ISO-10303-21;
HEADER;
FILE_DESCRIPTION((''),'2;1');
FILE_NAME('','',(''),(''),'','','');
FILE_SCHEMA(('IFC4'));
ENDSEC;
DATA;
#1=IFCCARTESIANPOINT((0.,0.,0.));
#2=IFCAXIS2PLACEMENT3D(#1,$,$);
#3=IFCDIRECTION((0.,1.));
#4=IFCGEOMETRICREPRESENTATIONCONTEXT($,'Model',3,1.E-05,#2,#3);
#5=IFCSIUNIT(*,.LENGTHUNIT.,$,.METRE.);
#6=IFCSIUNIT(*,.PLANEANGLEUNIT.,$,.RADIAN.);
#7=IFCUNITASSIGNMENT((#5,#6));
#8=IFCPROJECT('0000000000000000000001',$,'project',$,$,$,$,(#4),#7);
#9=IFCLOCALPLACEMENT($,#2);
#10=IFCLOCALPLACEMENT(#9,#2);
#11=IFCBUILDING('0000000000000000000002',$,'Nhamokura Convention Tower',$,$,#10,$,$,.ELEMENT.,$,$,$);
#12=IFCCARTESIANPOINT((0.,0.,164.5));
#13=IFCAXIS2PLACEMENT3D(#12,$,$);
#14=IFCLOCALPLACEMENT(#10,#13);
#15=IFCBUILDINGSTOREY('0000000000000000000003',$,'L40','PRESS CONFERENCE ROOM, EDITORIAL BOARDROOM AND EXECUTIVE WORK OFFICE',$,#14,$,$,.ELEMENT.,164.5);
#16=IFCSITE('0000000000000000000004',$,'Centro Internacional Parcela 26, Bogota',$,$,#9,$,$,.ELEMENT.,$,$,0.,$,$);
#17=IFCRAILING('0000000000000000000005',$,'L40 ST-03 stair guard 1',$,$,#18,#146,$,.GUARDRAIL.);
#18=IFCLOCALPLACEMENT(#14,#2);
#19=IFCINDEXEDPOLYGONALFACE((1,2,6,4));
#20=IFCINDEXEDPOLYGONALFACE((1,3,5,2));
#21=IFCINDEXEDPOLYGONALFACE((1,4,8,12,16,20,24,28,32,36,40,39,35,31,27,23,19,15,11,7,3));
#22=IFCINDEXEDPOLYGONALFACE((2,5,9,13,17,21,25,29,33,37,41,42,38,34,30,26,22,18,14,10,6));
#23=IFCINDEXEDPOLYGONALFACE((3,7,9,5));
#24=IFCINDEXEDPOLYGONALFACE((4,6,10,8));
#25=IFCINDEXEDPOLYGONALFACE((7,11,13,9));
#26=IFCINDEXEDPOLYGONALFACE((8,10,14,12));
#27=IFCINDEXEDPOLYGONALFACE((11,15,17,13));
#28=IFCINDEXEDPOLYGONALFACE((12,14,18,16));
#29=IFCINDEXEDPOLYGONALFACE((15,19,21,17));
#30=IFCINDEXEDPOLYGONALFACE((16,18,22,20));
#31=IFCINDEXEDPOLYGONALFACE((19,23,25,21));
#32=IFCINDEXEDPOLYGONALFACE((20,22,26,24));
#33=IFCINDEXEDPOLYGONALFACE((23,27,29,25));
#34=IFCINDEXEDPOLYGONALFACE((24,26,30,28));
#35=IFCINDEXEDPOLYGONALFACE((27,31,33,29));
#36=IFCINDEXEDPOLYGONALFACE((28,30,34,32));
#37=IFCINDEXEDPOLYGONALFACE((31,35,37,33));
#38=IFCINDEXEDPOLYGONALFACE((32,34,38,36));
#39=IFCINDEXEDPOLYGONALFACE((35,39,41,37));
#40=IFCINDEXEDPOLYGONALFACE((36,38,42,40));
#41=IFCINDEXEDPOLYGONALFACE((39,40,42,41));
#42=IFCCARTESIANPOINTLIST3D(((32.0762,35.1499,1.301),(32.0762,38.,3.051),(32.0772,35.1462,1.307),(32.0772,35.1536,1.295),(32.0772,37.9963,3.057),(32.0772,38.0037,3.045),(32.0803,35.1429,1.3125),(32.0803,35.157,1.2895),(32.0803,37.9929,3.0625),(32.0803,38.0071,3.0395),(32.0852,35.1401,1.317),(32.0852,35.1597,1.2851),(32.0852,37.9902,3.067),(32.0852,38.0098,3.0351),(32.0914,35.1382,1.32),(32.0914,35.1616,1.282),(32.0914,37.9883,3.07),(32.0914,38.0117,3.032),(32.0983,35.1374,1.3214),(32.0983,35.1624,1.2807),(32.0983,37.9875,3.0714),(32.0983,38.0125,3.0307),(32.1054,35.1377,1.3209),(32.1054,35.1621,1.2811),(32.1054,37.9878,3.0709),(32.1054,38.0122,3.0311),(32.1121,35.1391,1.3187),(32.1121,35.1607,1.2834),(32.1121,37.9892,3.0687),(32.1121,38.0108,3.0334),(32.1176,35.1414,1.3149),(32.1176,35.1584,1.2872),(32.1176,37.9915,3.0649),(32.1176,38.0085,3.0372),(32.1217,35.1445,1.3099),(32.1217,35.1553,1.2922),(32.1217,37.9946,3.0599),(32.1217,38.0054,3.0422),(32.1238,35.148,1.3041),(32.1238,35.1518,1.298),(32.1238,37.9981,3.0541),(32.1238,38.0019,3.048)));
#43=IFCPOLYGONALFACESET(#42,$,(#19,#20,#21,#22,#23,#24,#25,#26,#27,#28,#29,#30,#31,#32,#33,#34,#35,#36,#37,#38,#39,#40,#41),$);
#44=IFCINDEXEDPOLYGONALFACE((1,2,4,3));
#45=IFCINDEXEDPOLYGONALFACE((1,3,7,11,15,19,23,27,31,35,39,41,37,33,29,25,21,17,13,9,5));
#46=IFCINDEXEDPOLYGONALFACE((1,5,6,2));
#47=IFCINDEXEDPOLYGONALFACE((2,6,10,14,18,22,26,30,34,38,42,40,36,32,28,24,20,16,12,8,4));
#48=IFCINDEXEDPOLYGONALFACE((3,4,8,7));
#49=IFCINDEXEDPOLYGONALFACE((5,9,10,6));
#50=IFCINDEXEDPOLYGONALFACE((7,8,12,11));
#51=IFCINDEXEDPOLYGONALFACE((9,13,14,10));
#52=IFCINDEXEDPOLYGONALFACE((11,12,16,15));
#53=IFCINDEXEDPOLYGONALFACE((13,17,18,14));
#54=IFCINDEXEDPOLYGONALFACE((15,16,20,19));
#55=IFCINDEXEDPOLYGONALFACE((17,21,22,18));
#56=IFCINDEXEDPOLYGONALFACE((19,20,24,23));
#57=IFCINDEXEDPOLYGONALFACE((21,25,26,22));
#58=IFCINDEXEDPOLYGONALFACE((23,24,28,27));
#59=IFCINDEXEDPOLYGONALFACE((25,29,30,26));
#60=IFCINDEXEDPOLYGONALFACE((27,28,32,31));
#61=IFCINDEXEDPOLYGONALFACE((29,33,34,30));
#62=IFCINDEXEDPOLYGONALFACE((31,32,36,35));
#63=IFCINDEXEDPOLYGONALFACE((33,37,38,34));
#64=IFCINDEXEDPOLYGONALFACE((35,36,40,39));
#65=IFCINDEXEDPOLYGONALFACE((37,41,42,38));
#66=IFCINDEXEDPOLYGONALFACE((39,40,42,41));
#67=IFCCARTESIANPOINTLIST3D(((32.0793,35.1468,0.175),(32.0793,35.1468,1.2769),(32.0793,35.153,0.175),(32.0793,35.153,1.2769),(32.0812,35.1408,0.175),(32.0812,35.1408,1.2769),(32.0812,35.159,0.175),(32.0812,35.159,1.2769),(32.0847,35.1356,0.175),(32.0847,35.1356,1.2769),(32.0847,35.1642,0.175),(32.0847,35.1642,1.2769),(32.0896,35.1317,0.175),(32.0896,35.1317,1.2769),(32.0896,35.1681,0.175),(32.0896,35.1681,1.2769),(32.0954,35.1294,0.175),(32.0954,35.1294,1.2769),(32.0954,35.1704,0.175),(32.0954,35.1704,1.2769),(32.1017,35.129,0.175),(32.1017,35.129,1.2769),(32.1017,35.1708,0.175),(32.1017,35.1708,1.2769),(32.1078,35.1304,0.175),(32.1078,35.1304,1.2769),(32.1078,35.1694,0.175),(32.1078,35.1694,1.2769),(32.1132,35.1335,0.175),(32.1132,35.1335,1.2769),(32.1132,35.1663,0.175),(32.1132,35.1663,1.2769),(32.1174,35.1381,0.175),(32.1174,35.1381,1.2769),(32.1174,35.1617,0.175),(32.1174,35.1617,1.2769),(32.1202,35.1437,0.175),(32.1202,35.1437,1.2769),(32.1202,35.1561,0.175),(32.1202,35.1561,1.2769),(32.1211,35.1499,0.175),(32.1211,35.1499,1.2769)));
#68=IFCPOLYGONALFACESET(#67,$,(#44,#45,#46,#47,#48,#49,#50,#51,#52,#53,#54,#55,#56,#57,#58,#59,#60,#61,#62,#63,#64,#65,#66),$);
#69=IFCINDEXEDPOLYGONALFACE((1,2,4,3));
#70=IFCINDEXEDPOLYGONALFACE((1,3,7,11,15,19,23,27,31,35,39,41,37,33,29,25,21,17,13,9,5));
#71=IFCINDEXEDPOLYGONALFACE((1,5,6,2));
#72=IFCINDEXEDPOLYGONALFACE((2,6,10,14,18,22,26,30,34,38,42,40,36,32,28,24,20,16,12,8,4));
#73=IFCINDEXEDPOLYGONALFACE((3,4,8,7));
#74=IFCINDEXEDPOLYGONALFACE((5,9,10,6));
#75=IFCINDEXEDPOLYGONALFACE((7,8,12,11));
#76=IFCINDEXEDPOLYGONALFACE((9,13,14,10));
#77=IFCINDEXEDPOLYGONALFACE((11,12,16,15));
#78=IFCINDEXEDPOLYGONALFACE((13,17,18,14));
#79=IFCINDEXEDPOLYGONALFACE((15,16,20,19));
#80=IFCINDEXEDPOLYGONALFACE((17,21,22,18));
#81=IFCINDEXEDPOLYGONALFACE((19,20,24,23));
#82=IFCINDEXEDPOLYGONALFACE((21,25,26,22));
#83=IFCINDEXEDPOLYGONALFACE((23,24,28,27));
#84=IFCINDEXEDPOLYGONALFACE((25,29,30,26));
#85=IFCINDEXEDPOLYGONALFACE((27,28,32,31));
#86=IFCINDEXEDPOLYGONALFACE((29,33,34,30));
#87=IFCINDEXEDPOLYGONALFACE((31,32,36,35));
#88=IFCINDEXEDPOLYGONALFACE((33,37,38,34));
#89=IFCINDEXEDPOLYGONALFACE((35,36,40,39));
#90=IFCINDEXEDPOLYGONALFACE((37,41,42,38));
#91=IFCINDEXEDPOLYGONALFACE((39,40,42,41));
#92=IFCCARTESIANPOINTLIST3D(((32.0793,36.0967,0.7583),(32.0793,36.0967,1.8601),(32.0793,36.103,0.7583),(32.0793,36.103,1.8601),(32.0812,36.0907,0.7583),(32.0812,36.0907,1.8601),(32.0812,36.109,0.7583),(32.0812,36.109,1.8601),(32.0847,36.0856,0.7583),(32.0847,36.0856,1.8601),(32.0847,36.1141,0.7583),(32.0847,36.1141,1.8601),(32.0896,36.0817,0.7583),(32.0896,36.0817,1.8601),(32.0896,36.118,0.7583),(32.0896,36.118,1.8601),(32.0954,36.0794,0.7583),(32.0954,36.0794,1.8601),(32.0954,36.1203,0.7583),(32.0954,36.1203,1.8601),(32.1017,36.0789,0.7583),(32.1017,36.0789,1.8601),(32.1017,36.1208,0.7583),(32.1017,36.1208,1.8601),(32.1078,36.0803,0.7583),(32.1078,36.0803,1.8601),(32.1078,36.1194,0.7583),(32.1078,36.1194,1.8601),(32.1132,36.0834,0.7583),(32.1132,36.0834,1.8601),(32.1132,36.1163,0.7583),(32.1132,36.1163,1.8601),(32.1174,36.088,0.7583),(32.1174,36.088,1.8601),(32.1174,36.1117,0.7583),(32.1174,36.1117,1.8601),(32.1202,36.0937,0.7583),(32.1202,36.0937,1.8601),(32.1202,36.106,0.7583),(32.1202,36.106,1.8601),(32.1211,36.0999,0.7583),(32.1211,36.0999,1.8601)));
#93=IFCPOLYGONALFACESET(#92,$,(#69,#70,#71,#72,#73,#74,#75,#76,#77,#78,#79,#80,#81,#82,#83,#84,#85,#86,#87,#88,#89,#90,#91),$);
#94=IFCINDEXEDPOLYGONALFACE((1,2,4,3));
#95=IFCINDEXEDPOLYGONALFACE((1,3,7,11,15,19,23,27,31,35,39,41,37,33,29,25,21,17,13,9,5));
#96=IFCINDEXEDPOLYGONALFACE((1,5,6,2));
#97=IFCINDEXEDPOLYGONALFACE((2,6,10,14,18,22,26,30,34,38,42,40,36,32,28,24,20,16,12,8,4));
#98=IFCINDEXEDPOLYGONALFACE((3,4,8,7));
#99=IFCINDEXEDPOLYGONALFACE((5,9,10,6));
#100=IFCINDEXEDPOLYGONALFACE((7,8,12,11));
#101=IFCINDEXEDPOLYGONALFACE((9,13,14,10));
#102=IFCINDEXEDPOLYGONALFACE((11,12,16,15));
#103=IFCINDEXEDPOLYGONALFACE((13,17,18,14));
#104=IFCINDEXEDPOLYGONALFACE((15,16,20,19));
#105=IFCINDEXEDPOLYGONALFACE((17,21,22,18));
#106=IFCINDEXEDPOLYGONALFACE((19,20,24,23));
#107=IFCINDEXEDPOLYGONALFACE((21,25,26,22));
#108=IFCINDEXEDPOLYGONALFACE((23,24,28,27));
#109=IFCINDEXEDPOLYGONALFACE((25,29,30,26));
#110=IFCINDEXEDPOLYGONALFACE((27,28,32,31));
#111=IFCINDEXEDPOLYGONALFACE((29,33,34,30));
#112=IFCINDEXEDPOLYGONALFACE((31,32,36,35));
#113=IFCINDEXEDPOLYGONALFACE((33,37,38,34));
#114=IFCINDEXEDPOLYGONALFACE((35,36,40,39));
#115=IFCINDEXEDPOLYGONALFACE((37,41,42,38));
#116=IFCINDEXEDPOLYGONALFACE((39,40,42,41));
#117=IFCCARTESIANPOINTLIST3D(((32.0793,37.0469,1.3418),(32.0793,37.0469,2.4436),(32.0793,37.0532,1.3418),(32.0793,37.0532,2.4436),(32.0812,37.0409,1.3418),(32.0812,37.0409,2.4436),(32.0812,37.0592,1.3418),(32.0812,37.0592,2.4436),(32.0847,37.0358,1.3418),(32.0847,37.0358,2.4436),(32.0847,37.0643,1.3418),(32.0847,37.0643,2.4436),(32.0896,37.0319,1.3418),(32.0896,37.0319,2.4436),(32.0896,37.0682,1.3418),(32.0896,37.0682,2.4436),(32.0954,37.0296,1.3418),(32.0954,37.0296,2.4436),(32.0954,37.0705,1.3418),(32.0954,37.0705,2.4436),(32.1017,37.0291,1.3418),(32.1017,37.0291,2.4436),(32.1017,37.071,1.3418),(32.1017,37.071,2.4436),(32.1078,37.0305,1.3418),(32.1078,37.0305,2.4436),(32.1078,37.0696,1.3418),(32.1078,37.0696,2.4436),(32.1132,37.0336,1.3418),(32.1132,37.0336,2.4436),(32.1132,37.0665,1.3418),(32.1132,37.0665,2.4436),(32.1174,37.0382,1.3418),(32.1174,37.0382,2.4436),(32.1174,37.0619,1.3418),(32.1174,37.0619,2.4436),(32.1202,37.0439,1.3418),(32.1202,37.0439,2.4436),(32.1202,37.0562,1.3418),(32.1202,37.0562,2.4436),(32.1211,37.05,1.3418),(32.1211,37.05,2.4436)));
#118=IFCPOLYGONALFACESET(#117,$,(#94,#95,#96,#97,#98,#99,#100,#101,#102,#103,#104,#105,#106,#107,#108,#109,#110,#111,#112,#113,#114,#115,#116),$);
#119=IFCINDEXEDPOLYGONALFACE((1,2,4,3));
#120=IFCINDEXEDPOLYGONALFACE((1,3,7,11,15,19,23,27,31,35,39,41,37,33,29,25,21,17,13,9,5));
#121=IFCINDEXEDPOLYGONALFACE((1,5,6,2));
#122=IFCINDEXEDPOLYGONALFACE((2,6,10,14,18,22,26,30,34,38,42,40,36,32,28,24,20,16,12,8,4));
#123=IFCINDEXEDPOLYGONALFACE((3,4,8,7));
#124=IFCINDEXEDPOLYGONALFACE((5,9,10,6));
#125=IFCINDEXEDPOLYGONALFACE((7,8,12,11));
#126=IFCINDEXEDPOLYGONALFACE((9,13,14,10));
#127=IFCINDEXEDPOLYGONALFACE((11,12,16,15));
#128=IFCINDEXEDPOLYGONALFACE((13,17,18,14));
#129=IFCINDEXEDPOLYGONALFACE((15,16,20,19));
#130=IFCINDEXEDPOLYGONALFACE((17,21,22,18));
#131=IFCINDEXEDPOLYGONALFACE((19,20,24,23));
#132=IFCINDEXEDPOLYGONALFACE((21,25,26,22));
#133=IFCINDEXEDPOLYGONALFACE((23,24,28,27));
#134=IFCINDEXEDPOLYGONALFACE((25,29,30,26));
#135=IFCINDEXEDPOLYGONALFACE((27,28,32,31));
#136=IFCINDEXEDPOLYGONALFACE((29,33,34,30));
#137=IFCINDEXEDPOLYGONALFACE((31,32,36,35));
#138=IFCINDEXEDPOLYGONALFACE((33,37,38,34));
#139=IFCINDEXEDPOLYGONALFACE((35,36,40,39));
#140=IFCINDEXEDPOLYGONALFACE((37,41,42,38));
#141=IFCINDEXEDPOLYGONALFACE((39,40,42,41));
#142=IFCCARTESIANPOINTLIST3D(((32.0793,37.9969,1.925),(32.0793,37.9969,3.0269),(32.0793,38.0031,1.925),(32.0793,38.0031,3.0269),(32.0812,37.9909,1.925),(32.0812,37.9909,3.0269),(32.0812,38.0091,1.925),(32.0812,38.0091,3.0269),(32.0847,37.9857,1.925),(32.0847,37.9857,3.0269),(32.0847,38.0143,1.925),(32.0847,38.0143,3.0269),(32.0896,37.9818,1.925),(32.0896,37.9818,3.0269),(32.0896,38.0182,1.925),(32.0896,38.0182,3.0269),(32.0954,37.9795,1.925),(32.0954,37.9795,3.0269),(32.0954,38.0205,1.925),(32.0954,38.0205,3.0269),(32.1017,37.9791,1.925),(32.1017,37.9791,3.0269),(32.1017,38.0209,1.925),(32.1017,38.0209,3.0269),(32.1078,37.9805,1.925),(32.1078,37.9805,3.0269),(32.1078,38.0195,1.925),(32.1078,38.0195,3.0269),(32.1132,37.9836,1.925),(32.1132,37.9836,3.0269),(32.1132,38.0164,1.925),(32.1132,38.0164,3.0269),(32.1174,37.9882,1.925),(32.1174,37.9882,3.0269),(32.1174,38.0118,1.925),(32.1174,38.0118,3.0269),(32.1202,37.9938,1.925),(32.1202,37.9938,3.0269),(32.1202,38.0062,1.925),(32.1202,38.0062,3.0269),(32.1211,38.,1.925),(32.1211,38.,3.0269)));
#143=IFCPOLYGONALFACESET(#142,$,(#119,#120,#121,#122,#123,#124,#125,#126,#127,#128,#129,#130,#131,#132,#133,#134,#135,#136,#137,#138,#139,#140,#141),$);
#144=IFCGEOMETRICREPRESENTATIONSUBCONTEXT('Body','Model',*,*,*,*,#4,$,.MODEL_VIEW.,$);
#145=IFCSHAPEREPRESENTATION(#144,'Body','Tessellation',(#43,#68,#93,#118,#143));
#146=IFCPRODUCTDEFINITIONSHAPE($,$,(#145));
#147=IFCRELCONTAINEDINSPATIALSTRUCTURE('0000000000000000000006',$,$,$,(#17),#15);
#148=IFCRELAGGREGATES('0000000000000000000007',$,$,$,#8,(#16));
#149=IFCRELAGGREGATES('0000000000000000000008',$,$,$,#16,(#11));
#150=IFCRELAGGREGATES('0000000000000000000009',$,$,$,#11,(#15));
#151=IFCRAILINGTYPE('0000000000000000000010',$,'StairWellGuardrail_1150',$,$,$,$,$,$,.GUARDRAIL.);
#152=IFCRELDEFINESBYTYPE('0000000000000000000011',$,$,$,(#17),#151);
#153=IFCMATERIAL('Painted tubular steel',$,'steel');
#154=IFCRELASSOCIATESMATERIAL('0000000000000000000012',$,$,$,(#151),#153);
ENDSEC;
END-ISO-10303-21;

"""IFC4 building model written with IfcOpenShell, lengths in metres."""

from ifc_helpers import new_model, si_unit, direction, frame, origin, origin_2d, place, context, subcontext, project, spatial, circle, extrude, material, type_object, element, save


model = new_model("IFC4")

# Units and contexts
model_context = context("Model", 3, precision=1e-05, world=origin(), true_north=direction((0.0, 1.0)))
body_context = subcontext(model_context, "Body", "Model", "MODEL_VIEW")
ifc_project = project(units=[si_unit("LENGTHUNIT", "METRE"), si_unit("PLANEANGLEUNIT", "RADIAN")], contexts=[model_context])

# Site, building, storey
site_placement = place(None, origin())
site = spatial("IfcSite", under=ifc_project, at=site_placement, Name="Centro Internacional Parcela 26, Bogota", CompositionType="ELEMENT", RefElevation=0.0)
building_placement = place(site_placement, origin())
building = spatial("IfcBuilding", under=site, at=building_placement, Name="Nhamokura Convention Tower", CompositionType="ELEMENT")
storey_placement = place(building_placement, frame((0.0, 0.0, 164.5)))
storey = spatial("IfcBuildingStorey", under=building, at=storey_placement, Name="L40", Description="PRESS CONFERENCE ROOM, EDITORIAL BOARDROOM AND EXECUTIVE WORK OFFICE", CompositionType="ELEMENT", Elevation=164.5)

# Railing
ifc_material_1 = material(Name="Painted tubular steel", Category="steel")
railing_type_1 = type_object("IfcRailingType", Name="StairWellGuardrail_1150", PredefinedType="GUARDRAIL", material=ifc_material_1)
railing_1_placement = place(storey_placement, frame((32.1001, 35.1499, 0.175)))
element("IfcRailing", 1, at=railing_1_placement, inside=storey, type_object=railing_type_1, Name="L40 ST-03 stair guard 1", PredefinedType="GUARDRAIL", context=body_context, shape_type="SweptSolid", body=[
    extrude(circle(Radius=0.0239, at=origin_2d()), frame((0.0, 0.0, 1.126), z_axis=(0.0, 0.852179, 0.52325), x_axis=(-1.0, 0.0, 0.0)), (0.0, 0.0, 1.0), 3.3445),
    extrude(circle(Radius=0.021, at=origin_2d()), origin(), (0.0, 0.0, 1.0), 1.1018),
    extrude(circle(Radius=0.021, at=origin_2d()), frame((0.0, 0.95, 0.5833)), (0.0, 0.0, 1.0), 1.1018),
    extrude(circle(Radius=0.021, at=origin_2d()), frame((0.0, 1.9001, 1.1667)), (0.0, 0.0, 1.0), 1.1018),
    extrude(circle(Radius=0.021, at=origin_2d()), frame((0.0, 2.8501, 1.75)), (0.0, 0.0, 1.0), 1.1018),
])

save(model, "model.ifc")
